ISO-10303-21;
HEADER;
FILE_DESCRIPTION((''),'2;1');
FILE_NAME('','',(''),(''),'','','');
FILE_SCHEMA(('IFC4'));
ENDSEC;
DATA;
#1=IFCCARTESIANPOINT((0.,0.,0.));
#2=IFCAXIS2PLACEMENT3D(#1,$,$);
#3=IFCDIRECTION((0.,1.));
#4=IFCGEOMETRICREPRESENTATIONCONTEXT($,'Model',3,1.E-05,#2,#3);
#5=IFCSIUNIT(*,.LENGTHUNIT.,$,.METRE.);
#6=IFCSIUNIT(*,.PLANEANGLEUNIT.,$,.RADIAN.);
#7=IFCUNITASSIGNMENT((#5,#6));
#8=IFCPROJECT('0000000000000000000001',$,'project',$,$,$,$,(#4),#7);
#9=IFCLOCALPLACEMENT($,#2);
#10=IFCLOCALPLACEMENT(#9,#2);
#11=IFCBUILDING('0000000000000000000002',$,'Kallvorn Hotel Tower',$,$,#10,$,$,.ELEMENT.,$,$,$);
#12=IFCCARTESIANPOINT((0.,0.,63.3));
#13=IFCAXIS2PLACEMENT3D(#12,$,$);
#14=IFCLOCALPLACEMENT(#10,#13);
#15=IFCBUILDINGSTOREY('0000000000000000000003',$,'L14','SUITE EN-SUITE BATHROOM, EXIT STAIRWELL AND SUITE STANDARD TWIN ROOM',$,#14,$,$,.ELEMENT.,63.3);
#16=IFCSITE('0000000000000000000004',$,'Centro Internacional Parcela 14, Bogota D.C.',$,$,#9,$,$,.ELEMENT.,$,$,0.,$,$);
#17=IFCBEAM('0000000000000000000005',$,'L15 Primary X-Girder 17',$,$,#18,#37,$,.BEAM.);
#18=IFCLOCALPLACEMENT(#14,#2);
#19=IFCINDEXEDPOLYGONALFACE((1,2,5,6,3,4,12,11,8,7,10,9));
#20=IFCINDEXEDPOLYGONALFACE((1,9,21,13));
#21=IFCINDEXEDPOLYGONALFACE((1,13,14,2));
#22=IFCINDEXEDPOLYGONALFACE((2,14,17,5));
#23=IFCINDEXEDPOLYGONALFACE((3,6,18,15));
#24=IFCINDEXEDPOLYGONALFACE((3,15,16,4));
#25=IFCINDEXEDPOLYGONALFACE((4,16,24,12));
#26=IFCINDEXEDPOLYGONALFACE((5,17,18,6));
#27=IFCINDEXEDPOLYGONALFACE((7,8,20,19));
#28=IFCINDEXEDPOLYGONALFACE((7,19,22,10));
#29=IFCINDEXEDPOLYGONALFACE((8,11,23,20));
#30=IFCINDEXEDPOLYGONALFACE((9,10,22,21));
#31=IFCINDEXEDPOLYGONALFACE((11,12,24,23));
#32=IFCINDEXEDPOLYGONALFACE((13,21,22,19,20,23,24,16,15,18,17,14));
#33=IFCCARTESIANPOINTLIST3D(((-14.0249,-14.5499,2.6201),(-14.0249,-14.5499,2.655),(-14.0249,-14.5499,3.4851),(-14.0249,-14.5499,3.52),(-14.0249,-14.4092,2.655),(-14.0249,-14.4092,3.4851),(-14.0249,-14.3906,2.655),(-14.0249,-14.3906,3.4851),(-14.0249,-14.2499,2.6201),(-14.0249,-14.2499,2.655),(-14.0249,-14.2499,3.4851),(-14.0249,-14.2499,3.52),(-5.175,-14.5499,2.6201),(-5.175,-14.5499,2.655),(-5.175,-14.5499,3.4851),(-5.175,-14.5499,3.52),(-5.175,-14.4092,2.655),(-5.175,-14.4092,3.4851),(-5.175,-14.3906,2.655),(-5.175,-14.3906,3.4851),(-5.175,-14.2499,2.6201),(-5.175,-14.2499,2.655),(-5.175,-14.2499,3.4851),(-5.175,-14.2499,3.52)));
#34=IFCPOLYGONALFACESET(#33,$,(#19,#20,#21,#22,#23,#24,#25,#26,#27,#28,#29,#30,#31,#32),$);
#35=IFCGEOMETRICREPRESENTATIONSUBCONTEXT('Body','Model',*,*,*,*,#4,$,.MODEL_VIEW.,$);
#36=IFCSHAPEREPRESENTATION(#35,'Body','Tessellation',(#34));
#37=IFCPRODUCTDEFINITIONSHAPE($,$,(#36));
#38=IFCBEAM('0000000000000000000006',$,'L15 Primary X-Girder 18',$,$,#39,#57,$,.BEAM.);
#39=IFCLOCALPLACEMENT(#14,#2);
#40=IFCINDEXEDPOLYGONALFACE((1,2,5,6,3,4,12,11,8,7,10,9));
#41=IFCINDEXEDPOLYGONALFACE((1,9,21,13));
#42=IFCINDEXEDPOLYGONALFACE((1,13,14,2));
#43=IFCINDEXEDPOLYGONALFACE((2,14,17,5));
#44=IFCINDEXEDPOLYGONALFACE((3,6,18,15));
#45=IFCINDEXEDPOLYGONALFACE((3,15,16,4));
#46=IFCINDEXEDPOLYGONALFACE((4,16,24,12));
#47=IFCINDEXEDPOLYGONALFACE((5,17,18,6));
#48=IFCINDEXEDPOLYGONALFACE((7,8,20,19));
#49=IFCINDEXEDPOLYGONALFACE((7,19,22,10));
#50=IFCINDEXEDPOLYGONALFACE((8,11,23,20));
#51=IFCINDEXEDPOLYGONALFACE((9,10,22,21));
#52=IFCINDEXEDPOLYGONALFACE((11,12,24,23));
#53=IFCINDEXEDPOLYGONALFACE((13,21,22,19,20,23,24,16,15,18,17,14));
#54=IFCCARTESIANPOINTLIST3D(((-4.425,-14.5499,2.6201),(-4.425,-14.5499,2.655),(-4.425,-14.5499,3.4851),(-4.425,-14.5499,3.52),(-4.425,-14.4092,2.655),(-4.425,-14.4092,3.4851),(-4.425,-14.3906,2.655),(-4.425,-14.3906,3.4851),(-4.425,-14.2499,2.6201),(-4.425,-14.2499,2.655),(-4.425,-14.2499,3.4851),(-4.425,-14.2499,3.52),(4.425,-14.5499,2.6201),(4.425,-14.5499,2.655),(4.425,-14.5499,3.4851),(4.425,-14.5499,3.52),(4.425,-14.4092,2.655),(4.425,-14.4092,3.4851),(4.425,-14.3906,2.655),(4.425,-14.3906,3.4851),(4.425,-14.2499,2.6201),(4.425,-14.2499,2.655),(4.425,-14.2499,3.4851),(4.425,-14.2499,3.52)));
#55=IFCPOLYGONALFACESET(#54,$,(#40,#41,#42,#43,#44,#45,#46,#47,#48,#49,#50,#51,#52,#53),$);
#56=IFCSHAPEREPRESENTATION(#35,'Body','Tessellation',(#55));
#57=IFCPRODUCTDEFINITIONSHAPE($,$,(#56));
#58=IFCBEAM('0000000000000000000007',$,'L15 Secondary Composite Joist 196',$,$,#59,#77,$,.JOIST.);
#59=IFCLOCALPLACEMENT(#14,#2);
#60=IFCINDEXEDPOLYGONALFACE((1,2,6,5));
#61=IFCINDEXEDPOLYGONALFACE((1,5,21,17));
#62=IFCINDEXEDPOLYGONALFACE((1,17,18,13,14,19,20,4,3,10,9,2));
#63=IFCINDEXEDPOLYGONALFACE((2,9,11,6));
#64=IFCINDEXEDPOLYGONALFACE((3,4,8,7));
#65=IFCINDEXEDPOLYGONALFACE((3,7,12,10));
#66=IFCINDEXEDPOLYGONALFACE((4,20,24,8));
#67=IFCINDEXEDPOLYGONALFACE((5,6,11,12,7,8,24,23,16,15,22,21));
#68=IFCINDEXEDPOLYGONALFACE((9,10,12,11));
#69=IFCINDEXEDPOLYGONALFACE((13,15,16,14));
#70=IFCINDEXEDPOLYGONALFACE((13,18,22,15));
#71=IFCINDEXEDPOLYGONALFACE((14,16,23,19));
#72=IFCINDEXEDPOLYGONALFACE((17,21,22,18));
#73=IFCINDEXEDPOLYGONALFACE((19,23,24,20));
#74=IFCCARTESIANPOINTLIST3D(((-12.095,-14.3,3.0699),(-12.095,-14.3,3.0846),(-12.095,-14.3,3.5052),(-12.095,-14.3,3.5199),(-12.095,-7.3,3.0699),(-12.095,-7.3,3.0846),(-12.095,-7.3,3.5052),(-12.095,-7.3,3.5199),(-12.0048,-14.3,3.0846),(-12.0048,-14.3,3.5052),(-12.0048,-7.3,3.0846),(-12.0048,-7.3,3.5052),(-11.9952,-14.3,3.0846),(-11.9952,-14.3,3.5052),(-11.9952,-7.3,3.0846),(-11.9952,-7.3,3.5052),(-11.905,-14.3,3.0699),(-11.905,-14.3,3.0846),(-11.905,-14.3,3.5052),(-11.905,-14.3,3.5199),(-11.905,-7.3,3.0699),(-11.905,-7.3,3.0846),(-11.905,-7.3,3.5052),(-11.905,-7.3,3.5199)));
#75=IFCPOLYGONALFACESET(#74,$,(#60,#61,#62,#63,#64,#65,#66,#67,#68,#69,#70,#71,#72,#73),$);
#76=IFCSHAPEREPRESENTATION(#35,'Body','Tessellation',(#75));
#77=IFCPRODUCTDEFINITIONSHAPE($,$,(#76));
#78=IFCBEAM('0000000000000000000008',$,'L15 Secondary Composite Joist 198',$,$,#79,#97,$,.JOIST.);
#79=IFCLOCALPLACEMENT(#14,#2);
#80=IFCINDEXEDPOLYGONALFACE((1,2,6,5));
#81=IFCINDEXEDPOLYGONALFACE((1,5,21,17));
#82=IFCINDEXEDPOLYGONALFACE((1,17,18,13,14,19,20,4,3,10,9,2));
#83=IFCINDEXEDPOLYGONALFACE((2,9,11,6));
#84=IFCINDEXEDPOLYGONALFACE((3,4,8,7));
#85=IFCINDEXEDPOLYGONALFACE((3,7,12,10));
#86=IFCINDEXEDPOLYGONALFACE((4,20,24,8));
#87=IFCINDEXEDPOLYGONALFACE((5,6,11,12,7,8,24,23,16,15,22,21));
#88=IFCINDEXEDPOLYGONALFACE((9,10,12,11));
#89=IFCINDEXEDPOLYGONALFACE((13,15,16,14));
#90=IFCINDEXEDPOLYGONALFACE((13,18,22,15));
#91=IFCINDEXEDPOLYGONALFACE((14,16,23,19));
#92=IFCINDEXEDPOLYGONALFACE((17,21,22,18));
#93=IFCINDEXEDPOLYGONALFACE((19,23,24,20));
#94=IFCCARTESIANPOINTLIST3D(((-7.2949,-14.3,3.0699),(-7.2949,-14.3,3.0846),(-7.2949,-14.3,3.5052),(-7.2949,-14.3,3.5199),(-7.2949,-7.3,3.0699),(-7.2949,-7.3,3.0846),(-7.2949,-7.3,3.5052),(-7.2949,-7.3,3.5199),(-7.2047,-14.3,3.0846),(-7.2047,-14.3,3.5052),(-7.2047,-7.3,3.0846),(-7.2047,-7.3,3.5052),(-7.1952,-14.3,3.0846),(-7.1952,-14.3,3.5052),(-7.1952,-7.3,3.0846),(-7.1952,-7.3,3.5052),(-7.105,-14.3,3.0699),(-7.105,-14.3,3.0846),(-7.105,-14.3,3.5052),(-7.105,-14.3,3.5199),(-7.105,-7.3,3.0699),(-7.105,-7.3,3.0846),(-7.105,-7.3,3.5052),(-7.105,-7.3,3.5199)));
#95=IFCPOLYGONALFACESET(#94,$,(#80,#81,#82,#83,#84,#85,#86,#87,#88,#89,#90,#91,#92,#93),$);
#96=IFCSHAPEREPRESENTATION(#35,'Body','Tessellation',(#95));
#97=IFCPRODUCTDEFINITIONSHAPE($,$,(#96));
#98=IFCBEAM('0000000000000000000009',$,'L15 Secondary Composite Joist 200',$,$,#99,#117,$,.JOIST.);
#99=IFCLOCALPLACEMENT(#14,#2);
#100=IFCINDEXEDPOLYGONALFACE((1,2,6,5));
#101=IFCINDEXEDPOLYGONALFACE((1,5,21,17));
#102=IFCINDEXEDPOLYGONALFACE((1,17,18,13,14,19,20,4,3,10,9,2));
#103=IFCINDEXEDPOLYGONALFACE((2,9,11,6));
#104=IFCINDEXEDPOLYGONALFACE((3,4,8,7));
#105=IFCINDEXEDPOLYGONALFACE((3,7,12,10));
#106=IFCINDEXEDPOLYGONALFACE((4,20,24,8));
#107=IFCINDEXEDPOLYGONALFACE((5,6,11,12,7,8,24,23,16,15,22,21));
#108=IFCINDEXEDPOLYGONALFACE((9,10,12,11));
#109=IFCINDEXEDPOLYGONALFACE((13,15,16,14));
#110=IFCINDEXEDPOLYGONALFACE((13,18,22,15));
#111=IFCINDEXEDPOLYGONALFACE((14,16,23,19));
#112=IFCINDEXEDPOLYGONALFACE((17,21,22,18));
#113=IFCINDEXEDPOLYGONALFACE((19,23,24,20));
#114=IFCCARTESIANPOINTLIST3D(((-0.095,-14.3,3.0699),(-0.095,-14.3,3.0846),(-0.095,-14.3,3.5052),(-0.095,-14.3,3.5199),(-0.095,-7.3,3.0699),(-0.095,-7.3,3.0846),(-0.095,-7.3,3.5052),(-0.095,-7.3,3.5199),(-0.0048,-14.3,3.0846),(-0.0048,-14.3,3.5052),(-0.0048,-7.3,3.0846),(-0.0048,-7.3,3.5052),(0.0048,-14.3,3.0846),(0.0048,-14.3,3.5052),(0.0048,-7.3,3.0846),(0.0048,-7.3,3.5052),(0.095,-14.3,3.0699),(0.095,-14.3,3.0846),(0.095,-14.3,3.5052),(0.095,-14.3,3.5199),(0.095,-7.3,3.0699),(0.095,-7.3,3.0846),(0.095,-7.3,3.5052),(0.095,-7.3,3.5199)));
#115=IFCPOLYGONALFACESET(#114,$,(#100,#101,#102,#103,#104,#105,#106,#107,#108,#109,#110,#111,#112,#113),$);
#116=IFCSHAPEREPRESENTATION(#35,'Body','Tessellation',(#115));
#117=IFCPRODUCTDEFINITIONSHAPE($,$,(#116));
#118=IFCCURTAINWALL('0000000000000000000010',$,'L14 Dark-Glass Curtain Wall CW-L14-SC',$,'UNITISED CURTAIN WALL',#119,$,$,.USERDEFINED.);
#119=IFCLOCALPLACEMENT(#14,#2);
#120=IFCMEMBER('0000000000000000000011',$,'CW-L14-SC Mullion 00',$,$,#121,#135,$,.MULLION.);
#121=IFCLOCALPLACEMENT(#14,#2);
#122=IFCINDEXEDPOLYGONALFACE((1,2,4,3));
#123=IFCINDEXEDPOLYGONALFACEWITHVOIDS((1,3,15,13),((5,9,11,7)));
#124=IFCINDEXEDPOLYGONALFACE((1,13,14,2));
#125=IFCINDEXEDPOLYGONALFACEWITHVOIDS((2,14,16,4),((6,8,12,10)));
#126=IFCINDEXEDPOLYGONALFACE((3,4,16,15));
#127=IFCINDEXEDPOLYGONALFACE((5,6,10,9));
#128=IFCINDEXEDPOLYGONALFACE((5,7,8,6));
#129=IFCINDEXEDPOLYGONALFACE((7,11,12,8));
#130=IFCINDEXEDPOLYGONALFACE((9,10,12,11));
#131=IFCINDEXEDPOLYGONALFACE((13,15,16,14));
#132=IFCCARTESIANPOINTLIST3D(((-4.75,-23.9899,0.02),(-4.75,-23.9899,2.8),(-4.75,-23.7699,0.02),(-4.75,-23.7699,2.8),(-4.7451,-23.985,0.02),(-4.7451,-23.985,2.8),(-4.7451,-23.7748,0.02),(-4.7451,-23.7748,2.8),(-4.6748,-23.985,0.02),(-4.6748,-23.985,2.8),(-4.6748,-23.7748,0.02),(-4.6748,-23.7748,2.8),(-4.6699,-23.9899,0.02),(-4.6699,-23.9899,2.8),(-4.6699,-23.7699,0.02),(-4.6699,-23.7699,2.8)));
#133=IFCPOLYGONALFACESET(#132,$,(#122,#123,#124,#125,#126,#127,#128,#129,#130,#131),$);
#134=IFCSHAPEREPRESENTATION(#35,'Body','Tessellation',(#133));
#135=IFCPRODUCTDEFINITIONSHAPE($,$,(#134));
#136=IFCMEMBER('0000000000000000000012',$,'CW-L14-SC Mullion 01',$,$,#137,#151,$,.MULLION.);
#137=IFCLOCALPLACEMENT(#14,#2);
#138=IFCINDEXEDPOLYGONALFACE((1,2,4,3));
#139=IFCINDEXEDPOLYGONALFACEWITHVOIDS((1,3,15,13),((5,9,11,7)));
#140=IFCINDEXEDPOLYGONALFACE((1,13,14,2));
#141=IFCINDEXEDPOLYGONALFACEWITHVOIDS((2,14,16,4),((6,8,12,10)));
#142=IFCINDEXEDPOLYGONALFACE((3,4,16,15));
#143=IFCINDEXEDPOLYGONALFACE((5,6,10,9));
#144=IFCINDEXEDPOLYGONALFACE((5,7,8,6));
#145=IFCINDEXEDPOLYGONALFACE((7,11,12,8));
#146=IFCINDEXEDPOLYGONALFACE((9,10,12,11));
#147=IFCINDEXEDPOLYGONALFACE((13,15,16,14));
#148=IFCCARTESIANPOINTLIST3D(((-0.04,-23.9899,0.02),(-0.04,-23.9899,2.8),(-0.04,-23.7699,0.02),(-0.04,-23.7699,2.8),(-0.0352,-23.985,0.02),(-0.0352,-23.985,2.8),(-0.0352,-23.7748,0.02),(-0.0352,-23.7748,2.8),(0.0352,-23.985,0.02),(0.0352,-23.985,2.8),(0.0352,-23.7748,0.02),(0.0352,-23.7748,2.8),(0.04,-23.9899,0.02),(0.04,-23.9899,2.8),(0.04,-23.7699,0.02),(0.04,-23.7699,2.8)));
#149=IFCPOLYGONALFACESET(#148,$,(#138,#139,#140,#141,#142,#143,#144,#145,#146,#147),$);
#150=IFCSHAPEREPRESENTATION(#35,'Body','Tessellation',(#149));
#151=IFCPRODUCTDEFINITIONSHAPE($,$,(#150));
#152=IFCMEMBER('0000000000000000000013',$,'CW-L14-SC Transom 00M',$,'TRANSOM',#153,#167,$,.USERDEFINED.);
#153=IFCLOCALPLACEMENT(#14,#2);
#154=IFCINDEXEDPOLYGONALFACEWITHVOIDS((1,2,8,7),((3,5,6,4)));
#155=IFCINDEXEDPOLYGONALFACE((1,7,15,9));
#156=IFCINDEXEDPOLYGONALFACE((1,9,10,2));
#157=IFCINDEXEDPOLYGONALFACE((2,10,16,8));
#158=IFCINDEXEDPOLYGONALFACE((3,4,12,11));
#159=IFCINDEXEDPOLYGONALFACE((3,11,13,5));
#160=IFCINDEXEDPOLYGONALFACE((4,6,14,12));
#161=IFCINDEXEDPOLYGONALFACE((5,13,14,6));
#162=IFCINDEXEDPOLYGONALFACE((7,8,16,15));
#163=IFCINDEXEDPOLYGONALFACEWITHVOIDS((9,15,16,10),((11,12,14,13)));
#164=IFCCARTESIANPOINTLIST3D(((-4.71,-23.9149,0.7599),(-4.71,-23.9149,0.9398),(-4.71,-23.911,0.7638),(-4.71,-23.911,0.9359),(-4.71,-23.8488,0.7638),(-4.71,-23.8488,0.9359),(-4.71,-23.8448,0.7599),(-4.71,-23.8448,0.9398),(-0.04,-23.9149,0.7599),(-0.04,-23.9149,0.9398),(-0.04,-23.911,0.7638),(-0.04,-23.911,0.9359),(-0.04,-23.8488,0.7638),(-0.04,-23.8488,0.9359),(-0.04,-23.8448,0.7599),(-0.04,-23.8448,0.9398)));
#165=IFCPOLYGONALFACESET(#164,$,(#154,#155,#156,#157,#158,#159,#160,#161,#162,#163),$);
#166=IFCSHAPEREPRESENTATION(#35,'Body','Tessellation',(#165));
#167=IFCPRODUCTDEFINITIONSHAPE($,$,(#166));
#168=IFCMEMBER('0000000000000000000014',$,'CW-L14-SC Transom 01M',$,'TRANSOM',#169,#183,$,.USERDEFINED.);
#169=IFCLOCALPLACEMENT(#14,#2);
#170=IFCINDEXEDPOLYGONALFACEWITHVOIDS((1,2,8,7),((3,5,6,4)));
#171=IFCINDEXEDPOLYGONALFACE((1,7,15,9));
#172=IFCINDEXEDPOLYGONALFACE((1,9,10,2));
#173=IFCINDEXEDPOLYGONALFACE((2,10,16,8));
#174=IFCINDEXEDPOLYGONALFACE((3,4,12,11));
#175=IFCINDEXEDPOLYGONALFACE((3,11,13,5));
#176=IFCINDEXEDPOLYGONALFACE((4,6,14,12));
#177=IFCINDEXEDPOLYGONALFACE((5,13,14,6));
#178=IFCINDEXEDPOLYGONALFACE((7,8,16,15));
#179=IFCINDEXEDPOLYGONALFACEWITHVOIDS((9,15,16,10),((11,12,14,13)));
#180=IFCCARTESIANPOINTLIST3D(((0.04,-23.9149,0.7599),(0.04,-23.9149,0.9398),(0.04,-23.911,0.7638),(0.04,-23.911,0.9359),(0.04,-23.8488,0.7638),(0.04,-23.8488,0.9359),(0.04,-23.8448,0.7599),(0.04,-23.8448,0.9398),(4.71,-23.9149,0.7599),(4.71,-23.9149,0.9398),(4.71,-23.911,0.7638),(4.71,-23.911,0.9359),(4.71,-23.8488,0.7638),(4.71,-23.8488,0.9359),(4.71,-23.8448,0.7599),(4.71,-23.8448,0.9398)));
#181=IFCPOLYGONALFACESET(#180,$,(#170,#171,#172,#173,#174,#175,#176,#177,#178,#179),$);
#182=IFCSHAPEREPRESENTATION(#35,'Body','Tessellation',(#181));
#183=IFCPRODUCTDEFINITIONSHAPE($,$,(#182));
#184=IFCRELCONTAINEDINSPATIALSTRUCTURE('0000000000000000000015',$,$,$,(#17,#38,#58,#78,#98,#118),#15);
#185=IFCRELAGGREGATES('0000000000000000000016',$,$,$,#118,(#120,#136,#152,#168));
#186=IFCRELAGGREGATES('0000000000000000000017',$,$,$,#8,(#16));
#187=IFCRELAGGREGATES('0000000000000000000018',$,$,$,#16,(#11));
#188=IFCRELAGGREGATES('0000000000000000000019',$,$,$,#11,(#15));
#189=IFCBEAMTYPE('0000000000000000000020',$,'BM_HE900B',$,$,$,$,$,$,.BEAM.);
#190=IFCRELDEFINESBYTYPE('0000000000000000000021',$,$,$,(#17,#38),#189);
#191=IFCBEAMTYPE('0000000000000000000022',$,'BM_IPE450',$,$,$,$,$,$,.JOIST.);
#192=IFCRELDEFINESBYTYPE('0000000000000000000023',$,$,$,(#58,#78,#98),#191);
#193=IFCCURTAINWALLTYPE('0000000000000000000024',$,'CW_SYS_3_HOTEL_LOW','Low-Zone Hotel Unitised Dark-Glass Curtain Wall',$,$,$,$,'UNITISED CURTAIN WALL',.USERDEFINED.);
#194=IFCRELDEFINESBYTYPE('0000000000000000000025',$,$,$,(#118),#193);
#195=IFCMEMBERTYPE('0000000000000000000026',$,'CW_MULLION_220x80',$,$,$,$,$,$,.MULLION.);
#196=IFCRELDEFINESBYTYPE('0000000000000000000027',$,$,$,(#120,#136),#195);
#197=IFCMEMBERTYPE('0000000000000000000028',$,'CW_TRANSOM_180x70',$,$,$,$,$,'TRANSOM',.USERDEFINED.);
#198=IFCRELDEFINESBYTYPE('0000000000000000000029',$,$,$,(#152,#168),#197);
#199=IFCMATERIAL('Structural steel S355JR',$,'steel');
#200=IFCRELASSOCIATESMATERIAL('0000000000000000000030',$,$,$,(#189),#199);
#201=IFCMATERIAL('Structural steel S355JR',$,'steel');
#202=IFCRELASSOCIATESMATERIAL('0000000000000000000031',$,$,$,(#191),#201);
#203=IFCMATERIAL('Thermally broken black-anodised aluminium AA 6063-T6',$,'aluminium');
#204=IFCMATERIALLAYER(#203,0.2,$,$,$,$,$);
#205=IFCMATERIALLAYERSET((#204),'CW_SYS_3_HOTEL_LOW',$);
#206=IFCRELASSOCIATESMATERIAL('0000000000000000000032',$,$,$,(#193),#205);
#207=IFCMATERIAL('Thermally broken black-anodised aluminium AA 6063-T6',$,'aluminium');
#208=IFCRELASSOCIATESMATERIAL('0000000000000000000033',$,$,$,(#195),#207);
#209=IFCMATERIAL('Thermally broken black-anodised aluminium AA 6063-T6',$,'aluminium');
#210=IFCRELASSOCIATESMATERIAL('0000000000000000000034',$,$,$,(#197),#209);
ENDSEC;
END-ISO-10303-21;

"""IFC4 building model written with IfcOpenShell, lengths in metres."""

from ifc_helpers import new_model, si_unit, direction, frame, origin, origin_2d, place, context, subcontext, project, spatial, hollow_rectangle, i_section, extrude, material, layer, layer_set, material_profile, profile_set, type_object, element, aggregate, save


model = new_model("IFC4")

# Units and contexts
model_context = context("Model", 3, precision=1e-05, world=origin(), true_north=direction((0.0, 1.0)))
body_context = subcontext(model_context, "Body", "Model", "MODEL_VIEW")
ifc_project = project(units=[si_unit("LENGTHUNIT", "METRE"), si_unit("PLANEANGLEUNIT", "RADIAN")], contexts=[model_context])

# Site, building, storey
site_placement = place(None, origin())
site = spatial("IfcSite", under=ifc_project, at=site_placement, Name="Centro Internacional Parcela 14, Bogota D.C.", CompositionType="ELEMENT", RefElevation=0.0)
building_placement = place(site_placement, origin())
building = spatial("IfcBuilding", under=site, at=building_placement, Name="Kallvorn Hotel Tower", CompositionType="ELEMENT")
storey_placement = place(building_placement, frame((0.0, 0.0, 63.3)))
storey = spatial("IfcBuildingStorey", under=building, at=storey_placement, Name="L14", Description="SUITE EN-SUITE BATHROOM, EXIT STAIRWELL AND SUITE STANDARD TWIN ROOM", CompositionType="ELEMENT", Elevation=63.3)

# Beams
ifc_material_1 = material(Name="Structural steel S355JR", Category="steel")
ifc_material_profile_1 = material_profile(ifc_material_1, i_section(OverallWidth=0.3, OverallDepth=0.8999, WebThickness=0.0186, FlangeThickness=0.0349, at=origin_2d()), Name="HE 900 B")
ifc_profile_set_1 = profile_set([ifc_material_profile_1], Name="Structural steel S355JR")
beam_type_1 = type_object("IfcBeamType", Name="BM_HE900B", PredefinedType="BEAM", material=ifc_profile_set_1)
beam_1_placement = place(storey_placement, frame((-14.0249, -14.3999, 3.0701), z_axis=(1.0, 0.0, 0.0), x_axis=(0.0, 1.0, 0.0)))
element("IfcBeam", 1, at=beam_1_placement, inside=storey, type_object=beam_type_1, Name="L15 Primary X-Girder 17", PredefinedType="BEAM", context=body_context, shape_type="SweptSolid", body=[
    extrude(i_section(OverallWidth=0.3, OverallDepth=0.8999, WebThickness=0.0186, FlangeThickness=0.0349, at=origin_2d()), origin(), (0.0, 0.0, 1.0), 8.8499),
])
beam_2_placement = place(storey_placement, frame((-4.425, -14.3999, 3.0701), z_axis=(1.0, 0.0, 0.0), x_axis=(0.0, 1.0, 0.0)))
element("IfcBeam", 2, at=beam_2_placement, inside=storey, type_object=beam_type_1, Name="L15 Primary X-Girder 18", PredefinedType="BEAM", context=body_context, shape_type="SweptSolid", body=[
    extrude(i_section(OverallWidth=0.3, OverallDepth=0.8999, WebThickness=0.0186, FlangeThickness=0.0349, at=origin_2d()), origin(), (0.0, 0.0, 1.0), 8.8501),
])
ifc_material_2 = material(Name="Structural steel S355JR", Category="steel")
ifc_material_profile_2 = material_profile(ifc_material_2, i_section(OverallWidth=0.1899, OverallDepth=0.45, WebThickness=0.0095, FlangeThickness=0.0146, at=origin_2d()), Name="IPE 450")
ifc_profile_set_2 = profile_set([ifc_material_profile_2], Name="Structural steel S355JR")
beam_type_2 = type_object("IfcBeamType", Name="BM_IPE450", PredefinedType="JOIST", material=ifc_profile_set_2)
for number, where, z_axis, x_axis, name in (
    (3, (-12.0, -14.3, 3.2949), (0.0, 1.0, 0.0), (-1.0, 0.0, 0.0), "L15 Secondary Composite Joist 196"),
    (4, (-7.2, -14.3, 3.2949), (0.0, 1.0, 0.0), (-1.0, 0.0, 0.0), "L15 Secondary Composite Joist 198"),
    (5, (0.0, -14.3, 3.2949), (0.0, 1.0, 0.0), (-1.0, 0.0, 0.0), "L15 Secondary Composite Joist 200"),
):
    element("IfcBeam", number, at=place(storey_placement, frame(where, z_axis=z_axis, x_axis=x_axis)), inside=storey, type_object=beam_type_2, Name=name, PredefinedType="JOIST", context=body_context, shape_type="SweptSolid", body=[
        extrude(i_section(OverallWidth=0.1899, OverallDepth=0.45, WebThickness=0.0095, FlangeThickness=0.0146, at=origin_2d()), origin(), (0.0, 0.0, 1.0), 7.0),
    ])

# Curtain wall, members
ifc_material_3 = material(Name="Thermally broken black-anodised aluminium AA 6063-T6", Category="aluminium")
ifc_layer_1 = layer(ifc_material_3, 0.2)
ifc_layer_set_1 = layer_set([ifc_layer_1], Name="CW_SYS_3_HOTEL_LOW")
curtain_wall_type = type_object("IfcCurtainWallType", Name="CW_SYS_3_HOTEL_LOW", Description="Low-Zone Hotel Unitised Dark-Glass Curtain Wall", ElementType="UNITISED CURTAIN WALL", PredefinedType="USERDEFINED", material=ifc_layer_set_1)
curtain_wall_placement = place(storey_placement, origin())
curtain_wall = element("IfcCurtainWall", 6, at=curtain_wall_placement, inside=storey, type_object=curtain_wall_type, Name="L14 Dark-Glass Curtain Wall CW-L14-SC", ObjectType="UNITISED CURTAIN WALL", PredefinedType="USERDEFINED")
ifc_material_4 = material(Name="Thermally broken black-anodised aluminium AA 6063-T6", Category="aluminium")
ifc_material_profile_3 = material_profile(ifc_material_4, hollow_rectangle(XDim=0.0801, YDim=0.22, WallThickness=0.0049, at=origin_2d()), Name="MUL 220x80")
ifc_profile_set_3 = profile_set([ifc_material_profile_3], Name="Thermally broken black-anodised aluminium AA 6063-T6")
member_type_1 = type_object("IfcMemberType", Name="CW_MULLION_220x80", PredefinedType="MULLION", material=ifc_profile_set_3)
member_1_placement = place(storey_placement, frame((-4.71, -23.8799, 0.02), z_axis=(0.0, 0.0, 1.0), x_axis=(1.0, 0.0, 0.0)))
member_1 = element("IfcMember", 7, at=member_1_placement, type_object=member_type_1, Name="CW-L14-SC Mullion 00", PredefinedType="MULLION", context=body_context, shape_type="SweptSolid", body=[
    extrude(hollow_rectangle(XDim=0.0801, YDim=0.22, WallThickness=0.0049, at=origin_2d()), origin(), (0.0, 0.0, 1.0), 2.78),
])
member_2_placement = place(storey_placement, frame((0.0, -23.8799, 0.02), z_axis=(0.0, 0.0, 1.0), x_axis=(1.0, 0.0, 0.0)))
member_2 = element("IfcMember", 8, at=member_2_placement, type_object=member_type_1, Name="CW-L14-SC Mullion 01", PredefinedType="MULLION", context=body_context, shape_type="SweptSolid", body=[
    extrude(hollow_rectangle(XDim=0.0801, YDim=0.22, WallThickness=0.0049, at=origin_2d()), origin(), (0.0, 0.0, 1.0), 2.78),
])
ifc_material_5 = material(Name="Thermally broken black-anodised aluminium AA 6063-T6", Category="aluminium")
ifc_material_profile_4 = material_profile(ifc_material_5, hollow_rectangle(XDim=0.0701, YDim=0.1799, WallThickness=0.0039, at=origin_2d()), Name="TRN 180x70")
ifc_profile_set_4 = profile_set([ifc_material_profile_4], Name="Thermally broken black-anodised aluminium AA 6063-T6")
member_type_2 = type_object("IfcMemberType", Name="CW_TRANSOM_180x70", ElementType="TRANSOM", PredefinedType="USERDEFINED", material=ifc_profile_set_4)
member_3_placement = place(storey_placement, frame((-4.71, -23.8799, 0.8499), z_axis=(1.0, 0.0, 0.0), x_axis=(0.0, 1.0, 0.0)))
member_3 = element("IfcMember", 9, at=member_3_placement, type_object=member_type_2, Name="CW-L14-SC Transom 00M", ObjectType="TRANSOM", PredefinedType="USERDEFINED", context=body_context, shape_type="SweptSolid", body=[
    extrude(hollow_rectangle(XDim=0.0701, YDim=0.1799, WallThickness=0.0039, at=origin_2d()), origin(), (0.0, 0.0, 1.0), 4.6699),
])
member_4_placement = place(storey_placement, frame((0.04, -23.8799, 0.8499), z_axis=(1.0, 0.0, 0.0), x_axis=(0.0, 1.0, 0.0)))
member_4 = element("IfcMember", 10, at=member_4_placement, type_object=member_type_2, Name="CW-L14-SC Transom 01M", ObjectType="TRANSOM", PredefinedType="USERDEFINED", context=body_context, shape_type="SweptSolid", body=[
    extrude(hollow_rectangle(XDim=0.0701, YDim=0.1799, WallThickness=0.0039, at=origin_2d()), origin(), (0.0, 0.0, 1.0), 4.6699),
])
aggregate(curtain_wall, [member_1, member_2, member_3, member_4])

save(model, "model.ifc")
